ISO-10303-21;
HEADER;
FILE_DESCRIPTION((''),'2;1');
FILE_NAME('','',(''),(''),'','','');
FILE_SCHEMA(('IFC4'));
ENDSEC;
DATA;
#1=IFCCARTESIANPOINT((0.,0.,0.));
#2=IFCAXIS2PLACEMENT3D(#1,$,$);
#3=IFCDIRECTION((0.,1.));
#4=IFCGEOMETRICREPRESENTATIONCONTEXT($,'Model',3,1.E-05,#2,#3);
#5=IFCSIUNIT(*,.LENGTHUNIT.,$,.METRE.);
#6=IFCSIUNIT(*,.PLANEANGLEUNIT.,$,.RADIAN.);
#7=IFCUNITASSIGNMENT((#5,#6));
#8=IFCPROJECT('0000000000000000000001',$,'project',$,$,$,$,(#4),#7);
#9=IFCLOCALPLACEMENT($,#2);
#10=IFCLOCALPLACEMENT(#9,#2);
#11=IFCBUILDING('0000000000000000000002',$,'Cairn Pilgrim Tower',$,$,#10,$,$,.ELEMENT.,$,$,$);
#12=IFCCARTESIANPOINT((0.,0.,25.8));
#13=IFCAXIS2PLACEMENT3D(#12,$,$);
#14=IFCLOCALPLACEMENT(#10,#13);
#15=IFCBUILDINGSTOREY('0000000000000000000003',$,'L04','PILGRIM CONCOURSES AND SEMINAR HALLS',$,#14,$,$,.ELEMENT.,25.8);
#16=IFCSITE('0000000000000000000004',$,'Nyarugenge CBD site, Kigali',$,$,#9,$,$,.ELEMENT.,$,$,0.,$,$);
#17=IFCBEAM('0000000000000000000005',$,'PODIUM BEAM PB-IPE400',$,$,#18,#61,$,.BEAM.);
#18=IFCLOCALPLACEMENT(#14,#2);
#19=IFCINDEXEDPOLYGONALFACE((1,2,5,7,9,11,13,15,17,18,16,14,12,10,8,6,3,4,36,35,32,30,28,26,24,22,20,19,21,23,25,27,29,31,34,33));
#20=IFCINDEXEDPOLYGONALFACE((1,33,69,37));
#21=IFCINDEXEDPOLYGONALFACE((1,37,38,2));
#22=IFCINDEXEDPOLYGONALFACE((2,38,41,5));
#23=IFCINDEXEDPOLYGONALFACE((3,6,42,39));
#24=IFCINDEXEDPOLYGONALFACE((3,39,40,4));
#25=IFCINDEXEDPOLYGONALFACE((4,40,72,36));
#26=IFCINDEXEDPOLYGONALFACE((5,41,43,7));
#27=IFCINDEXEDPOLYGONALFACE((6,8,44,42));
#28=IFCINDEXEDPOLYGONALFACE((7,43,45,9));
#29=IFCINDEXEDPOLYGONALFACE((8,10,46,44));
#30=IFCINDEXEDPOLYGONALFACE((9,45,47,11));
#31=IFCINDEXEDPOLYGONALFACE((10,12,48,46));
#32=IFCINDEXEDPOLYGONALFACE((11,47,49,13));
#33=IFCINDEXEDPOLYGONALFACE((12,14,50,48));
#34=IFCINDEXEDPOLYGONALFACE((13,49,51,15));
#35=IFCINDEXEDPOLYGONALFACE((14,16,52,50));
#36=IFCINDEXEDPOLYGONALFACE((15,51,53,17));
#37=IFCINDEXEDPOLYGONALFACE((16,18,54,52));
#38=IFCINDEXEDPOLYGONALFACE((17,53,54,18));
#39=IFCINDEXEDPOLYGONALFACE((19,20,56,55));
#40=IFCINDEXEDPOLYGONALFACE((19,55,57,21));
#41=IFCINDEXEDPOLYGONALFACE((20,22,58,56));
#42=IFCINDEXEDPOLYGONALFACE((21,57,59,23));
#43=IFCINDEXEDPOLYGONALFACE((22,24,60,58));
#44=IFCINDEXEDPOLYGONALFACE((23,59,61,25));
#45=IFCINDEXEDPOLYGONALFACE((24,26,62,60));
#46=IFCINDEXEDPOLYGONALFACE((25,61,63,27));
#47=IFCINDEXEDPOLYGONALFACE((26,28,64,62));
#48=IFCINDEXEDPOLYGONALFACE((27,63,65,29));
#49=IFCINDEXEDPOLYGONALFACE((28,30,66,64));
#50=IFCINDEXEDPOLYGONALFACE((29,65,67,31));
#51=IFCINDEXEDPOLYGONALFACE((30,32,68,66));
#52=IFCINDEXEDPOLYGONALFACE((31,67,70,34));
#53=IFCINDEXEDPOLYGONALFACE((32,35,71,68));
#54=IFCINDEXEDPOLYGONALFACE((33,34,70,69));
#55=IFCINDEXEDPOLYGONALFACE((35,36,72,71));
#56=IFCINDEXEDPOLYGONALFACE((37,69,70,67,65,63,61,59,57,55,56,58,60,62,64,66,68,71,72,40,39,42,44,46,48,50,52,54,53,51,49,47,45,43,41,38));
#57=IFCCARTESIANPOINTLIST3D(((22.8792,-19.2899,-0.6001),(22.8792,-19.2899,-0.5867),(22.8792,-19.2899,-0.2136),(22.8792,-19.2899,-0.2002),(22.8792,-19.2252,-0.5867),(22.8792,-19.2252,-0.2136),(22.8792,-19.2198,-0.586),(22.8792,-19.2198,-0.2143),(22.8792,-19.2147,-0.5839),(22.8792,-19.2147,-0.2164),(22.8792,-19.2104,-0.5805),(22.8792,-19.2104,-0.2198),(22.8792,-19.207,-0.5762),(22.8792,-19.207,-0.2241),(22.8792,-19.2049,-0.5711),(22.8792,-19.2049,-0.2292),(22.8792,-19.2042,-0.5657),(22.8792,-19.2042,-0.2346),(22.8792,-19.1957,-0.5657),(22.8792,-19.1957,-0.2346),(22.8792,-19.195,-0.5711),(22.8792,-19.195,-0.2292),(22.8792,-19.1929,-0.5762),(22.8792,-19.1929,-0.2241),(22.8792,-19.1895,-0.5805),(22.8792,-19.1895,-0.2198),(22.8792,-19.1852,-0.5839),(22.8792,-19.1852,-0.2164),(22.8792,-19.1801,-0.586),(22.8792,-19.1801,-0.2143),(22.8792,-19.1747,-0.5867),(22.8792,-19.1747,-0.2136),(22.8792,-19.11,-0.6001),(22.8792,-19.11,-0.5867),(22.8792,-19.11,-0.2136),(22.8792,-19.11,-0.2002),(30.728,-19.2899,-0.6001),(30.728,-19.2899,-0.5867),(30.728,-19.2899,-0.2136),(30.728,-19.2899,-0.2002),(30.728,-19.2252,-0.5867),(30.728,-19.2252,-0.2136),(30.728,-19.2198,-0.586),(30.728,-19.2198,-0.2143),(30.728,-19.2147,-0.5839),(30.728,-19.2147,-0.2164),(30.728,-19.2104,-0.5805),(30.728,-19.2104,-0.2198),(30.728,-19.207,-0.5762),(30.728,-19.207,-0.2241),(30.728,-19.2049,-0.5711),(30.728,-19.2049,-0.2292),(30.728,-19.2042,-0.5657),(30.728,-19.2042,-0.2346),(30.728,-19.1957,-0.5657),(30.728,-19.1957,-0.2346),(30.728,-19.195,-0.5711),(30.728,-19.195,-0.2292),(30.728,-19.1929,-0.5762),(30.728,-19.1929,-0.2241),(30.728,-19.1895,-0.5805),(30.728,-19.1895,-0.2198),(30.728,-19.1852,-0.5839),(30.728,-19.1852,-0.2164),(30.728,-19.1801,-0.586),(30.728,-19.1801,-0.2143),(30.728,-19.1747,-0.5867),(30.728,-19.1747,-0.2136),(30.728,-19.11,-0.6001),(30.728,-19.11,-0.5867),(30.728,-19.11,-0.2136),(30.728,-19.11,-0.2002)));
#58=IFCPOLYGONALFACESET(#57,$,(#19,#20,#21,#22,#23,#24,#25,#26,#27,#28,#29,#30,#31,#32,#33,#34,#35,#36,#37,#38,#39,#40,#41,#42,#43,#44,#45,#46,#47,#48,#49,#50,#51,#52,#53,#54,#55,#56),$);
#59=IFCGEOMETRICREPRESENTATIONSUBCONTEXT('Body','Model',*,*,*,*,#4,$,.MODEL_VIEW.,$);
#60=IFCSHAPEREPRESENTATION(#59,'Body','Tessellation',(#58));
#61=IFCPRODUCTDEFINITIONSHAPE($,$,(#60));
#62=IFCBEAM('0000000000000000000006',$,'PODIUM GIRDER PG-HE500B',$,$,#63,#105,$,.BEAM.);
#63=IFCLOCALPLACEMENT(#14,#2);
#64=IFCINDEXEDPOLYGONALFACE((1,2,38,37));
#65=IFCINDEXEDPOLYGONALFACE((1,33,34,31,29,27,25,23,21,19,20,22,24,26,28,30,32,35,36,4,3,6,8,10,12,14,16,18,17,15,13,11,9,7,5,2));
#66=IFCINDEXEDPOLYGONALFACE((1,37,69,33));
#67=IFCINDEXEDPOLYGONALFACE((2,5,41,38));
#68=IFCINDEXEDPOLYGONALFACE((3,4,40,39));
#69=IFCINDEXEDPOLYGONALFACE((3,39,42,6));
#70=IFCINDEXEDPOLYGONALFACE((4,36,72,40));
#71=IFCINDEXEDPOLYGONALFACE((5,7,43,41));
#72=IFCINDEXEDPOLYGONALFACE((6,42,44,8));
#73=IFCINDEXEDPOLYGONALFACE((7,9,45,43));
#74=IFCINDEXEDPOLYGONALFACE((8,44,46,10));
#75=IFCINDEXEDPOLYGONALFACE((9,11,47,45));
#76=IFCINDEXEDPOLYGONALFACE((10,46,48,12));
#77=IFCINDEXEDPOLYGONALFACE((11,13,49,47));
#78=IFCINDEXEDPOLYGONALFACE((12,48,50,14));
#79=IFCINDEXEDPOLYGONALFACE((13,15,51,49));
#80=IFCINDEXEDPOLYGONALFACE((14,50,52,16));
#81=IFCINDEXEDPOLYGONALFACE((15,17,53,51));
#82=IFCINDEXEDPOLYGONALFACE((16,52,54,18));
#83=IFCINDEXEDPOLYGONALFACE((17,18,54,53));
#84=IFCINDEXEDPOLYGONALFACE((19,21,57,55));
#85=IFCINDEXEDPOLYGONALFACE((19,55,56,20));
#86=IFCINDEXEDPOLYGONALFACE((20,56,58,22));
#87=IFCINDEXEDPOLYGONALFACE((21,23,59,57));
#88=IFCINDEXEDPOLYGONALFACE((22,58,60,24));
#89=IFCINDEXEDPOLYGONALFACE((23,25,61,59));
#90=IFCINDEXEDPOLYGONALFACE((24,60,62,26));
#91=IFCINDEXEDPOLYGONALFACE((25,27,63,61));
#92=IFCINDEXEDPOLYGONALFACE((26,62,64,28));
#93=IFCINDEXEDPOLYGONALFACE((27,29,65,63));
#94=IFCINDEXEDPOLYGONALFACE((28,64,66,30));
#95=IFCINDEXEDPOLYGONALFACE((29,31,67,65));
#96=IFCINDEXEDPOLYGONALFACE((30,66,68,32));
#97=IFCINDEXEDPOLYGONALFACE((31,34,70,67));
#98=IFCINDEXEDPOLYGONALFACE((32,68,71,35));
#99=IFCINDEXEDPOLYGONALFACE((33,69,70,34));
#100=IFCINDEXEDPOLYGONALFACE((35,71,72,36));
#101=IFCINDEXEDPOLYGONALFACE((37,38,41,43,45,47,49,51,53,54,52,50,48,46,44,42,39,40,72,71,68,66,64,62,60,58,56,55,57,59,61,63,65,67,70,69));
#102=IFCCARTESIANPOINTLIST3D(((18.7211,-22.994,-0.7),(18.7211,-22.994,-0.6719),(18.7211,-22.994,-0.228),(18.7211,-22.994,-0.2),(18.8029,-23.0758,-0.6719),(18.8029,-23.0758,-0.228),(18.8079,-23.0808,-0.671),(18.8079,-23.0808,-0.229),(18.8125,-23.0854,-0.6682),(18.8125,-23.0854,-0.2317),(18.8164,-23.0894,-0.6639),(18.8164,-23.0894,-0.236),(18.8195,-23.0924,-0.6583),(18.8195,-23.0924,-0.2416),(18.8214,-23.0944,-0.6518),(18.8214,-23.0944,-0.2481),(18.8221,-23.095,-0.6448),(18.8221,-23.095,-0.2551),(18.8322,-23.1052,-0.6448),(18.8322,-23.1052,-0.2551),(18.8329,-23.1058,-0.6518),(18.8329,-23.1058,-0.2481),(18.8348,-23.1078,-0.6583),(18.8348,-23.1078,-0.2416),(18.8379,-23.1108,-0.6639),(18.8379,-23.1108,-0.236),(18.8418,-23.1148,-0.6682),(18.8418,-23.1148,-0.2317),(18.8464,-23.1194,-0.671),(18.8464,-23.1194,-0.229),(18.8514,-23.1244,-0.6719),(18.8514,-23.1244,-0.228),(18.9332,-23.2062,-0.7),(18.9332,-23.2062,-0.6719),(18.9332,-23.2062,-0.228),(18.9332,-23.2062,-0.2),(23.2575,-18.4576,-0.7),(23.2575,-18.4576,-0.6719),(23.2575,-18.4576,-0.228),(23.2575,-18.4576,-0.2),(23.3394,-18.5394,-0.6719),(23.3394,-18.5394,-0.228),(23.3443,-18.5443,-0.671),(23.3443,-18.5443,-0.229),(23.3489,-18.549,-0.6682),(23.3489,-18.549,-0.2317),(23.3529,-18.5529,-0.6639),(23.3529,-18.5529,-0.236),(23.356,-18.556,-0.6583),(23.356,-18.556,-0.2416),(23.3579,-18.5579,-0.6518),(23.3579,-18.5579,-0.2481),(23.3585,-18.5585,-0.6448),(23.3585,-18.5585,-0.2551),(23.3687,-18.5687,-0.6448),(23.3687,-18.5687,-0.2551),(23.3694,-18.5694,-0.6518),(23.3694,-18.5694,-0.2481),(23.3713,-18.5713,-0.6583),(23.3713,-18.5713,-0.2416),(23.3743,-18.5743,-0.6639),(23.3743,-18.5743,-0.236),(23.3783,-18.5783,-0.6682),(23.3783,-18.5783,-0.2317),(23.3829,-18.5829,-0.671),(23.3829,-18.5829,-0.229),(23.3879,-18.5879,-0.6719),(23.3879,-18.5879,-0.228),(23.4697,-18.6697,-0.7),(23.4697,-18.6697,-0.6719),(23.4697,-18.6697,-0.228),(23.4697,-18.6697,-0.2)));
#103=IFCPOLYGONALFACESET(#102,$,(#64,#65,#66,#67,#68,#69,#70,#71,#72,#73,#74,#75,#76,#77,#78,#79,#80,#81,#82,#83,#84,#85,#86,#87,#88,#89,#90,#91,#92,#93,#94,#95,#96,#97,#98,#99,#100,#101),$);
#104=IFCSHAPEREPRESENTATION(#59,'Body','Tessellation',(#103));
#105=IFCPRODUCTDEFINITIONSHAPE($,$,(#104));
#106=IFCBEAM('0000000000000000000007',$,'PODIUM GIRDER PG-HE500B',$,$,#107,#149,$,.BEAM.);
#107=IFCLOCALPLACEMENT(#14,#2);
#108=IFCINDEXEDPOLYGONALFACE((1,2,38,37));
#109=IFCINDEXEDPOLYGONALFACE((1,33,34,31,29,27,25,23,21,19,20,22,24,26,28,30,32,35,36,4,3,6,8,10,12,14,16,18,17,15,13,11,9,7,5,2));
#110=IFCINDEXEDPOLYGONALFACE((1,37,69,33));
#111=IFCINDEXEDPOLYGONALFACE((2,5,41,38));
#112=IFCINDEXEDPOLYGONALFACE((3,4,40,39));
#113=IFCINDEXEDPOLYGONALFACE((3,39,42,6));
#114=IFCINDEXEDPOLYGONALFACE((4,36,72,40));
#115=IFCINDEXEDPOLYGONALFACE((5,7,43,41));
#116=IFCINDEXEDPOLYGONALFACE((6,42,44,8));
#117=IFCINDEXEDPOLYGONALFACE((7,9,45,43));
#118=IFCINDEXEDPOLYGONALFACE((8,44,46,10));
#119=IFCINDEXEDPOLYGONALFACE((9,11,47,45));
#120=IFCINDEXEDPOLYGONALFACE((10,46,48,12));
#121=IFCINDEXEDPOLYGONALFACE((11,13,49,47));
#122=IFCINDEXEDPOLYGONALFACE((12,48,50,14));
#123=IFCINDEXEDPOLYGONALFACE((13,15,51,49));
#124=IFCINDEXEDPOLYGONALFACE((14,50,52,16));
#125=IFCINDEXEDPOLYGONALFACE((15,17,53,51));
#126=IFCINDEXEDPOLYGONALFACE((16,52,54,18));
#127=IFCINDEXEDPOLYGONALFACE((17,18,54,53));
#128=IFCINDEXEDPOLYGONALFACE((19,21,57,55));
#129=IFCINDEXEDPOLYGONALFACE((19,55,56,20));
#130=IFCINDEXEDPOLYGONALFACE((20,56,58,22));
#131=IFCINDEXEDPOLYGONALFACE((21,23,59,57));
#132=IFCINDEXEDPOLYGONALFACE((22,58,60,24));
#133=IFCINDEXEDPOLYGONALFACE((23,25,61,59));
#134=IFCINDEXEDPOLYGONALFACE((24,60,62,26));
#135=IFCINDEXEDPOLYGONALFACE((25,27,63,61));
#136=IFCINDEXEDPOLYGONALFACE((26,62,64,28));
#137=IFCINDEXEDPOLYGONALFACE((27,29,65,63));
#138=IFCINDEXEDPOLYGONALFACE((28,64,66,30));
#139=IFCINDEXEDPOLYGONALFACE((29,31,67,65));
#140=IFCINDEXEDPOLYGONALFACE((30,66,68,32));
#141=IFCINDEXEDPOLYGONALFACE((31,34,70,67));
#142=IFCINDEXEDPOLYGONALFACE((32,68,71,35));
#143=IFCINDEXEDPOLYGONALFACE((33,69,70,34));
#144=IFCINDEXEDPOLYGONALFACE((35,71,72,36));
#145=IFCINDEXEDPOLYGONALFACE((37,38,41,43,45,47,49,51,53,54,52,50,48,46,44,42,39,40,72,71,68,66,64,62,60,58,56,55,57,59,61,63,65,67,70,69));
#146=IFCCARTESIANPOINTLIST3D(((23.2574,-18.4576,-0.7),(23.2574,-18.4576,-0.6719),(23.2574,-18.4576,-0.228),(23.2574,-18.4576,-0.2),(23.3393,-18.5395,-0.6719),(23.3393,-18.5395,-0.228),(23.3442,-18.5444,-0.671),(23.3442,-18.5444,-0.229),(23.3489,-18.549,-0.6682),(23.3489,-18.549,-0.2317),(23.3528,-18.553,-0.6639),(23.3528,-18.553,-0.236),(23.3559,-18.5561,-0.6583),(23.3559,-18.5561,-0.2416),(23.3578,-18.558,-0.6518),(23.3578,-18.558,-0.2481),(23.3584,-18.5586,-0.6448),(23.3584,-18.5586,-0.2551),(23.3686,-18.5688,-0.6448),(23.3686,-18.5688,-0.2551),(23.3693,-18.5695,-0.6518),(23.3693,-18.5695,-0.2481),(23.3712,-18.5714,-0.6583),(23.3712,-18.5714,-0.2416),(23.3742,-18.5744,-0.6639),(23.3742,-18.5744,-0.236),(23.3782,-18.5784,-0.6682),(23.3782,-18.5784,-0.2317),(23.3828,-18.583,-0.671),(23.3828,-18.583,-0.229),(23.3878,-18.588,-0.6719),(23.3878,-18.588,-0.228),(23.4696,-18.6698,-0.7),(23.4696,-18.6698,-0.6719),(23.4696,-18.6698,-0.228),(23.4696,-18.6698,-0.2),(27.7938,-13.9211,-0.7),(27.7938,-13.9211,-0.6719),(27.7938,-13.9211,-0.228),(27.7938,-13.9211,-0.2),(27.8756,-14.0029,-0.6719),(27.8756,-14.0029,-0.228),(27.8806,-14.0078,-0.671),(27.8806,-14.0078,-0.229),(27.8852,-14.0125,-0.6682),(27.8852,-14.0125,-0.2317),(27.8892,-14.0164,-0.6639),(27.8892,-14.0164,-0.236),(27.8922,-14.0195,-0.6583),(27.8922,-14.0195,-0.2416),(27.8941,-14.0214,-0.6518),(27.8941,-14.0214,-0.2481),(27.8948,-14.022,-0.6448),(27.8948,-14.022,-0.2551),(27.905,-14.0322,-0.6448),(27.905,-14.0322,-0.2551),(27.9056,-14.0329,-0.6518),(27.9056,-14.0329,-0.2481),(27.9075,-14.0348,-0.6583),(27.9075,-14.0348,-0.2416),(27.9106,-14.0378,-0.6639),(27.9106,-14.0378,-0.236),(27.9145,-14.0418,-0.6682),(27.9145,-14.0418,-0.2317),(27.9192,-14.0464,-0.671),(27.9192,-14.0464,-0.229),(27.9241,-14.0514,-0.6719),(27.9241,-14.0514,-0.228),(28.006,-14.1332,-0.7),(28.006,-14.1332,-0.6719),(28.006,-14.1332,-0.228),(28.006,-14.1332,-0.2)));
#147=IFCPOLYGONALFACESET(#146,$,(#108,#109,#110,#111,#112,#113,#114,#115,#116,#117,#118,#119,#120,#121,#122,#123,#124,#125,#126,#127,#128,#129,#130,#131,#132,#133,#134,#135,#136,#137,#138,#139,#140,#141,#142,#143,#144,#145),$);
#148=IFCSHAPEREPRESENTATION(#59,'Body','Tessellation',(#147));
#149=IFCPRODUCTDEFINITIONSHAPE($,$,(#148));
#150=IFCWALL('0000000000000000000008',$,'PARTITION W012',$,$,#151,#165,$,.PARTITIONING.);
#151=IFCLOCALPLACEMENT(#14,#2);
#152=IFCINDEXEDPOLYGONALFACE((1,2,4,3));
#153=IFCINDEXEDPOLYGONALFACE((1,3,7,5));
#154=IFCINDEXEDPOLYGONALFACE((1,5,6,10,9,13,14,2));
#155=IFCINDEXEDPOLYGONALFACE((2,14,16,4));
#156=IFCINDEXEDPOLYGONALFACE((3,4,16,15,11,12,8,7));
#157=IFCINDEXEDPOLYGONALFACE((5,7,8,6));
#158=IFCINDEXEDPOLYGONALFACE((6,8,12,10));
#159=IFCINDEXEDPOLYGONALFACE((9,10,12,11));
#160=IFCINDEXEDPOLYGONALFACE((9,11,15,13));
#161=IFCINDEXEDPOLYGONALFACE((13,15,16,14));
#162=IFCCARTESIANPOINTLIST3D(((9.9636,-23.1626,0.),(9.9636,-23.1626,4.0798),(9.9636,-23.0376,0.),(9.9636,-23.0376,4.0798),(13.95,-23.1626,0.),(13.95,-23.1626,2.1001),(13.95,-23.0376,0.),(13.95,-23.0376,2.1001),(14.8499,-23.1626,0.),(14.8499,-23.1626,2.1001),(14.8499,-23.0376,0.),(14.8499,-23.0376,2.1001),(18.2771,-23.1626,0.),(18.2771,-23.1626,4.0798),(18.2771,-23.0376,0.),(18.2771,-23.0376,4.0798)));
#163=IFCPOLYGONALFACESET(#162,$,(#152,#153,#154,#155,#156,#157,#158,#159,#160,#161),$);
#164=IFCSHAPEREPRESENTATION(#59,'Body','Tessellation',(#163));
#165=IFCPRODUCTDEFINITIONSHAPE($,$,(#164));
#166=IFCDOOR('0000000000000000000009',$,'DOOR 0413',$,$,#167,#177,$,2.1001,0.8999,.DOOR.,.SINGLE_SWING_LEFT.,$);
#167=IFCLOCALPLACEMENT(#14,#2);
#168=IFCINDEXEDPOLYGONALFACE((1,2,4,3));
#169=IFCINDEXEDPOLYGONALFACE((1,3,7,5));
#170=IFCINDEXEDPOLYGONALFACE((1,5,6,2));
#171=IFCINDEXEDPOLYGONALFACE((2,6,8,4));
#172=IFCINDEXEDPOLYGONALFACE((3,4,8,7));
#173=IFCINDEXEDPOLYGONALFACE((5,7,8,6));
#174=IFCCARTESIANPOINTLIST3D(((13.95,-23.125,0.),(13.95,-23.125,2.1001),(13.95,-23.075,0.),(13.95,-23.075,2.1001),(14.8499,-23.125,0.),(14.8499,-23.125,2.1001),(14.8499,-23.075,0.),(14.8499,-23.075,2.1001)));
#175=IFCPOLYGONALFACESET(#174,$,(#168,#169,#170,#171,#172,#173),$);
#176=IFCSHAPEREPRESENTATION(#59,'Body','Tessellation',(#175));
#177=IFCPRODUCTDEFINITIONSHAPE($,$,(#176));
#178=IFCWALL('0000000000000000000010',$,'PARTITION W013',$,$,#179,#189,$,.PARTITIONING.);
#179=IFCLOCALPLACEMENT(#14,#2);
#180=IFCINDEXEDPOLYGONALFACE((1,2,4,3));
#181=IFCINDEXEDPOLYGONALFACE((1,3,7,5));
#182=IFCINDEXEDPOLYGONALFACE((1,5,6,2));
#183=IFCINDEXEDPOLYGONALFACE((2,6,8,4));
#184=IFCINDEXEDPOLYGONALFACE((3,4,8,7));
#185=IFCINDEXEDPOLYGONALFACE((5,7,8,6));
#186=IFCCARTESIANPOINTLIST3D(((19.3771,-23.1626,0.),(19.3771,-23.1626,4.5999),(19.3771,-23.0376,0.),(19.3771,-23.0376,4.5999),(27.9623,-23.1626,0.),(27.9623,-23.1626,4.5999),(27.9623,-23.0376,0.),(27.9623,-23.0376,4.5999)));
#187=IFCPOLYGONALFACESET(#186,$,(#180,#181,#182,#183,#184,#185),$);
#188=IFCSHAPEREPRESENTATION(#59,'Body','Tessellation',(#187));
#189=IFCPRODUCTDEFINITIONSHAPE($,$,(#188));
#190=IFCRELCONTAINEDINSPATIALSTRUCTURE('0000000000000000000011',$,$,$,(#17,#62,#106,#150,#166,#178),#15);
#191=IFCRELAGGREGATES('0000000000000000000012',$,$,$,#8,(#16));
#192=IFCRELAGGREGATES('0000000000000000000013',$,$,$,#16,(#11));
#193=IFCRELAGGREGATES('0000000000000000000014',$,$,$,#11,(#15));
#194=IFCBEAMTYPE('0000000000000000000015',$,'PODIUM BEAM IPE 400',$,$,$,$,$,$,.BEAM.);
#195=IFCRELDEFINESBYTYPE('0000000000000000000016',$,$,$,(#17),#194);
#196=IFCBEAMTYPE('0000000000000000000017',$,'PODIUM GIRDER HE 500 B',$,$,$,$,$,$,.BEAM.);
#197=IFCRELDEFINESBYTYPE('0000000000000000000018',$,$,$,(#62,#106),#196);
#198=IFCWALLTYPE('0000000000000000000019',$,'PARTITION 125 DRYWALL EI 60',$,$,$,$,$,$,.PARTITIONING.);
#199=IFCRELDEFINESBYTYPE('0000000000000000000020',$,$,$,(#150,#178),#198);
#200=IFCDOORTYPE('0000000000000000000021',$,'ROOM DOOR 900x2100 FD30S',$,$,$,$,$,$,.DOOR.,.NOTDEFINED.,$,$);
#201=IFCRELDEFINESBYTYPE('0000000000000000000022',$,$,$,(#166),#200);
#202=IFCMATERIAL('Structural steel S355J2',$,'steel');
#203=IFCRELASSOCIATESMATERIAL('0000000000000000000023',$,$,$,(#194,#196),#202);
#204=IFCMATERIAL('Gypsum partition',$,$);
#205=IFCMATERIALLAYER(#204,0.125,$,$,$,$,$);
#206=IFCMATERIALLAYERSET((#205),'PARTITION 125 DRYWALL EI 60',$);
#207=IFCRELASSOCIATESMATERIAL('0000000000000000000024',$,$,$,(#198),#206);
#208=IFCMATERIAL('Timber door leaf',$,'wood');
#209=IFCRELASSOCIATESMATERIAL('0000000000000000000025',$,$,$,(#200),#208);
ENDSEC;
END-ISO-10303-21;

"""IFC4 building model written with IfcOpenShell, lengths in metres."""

from ifc_helpers import new_model, si_unit, direction, frame, frame_2d, origin, origin_2d, place, context, subcontext, project, spatial, rectangle, i_section, extrude, material, layer, layer_set, material_profile, profile_set, type_object, element, fill, save


model = new_model("IFC4")

# Units and contexts
model_context = context("Model", 3, precision=1e-05, world=origin(), true_north=direction((0.0, 1.0)))
body_context = subcontext(model_context, "Body", "Model", "MODEL_VIEW")
ifc_project = project(units=[si_unit("LENGTHUNIT", "METRE"), si_unit("PLANEANGLEUNIT", "RADIAN")], contexts=[model_context])

# Site, building, storey
site_placement = place(None, origin())
site = spatial("IfcSite", under=ifc_project, at=site_placement, Name="Nyarugenge CBD site, Kigali", CompositionType="ELEMENT", RefElevation=0.0)
building_placement = place(site_placement, origin())
building = spatial("IfcBuilding", under=site, at=building_placement, Name="Cairn Pilgrim Tower", CompositionType="ELEMENT")
storey_placement = place(building_placement, frame((0.0, 0.0, 25.8)))
storey = spatial("IfcBuildingStorey", under=building, at=storey_placement, Name="L04", Description="PILGRIM CONCOURSES AND SEMINAR HALLS", CompositionType="ELEMENT", Elevation=25.8)

# Beams
ifc_material_1 = material(Name="Structural steel S355J2", Category="steel")
ifc_material_profile_1 = material_profile(ifc_material_1, i_section(OverallWidth=0.1799, OverallDepth=0.3999, WebThickness=0.0085, FlangeThickness=0.0134, FilletRadius=0.021, at=origin_2d()), Name="IPE 400")
ifc_profile_set_1 = profile_set([ifc_material_profile_1], Name="Structural steel S355J2")
beam_type_1 = type_object("IfcBeamType", Name="PODIUM BEAM IPE 400", PredefinedType="BEAM", material=ifc_profile_set_1)
beam_1_placement = place(storey_placement, frame((22.8792, -19.2, -0.4001), z_axis=(1.0, 0.0, 0.0), x_axis=(0.0, 1.0, 0.0)))
element("IfcBeam", 1, at=beam_1_placement, inside=storey, type_object=beam_type_1, Name="PODIUM BEAM PB-IPE400", PredefinedType="BEAM", context=body_context, shape_type="SweptSolid", body=[
    extrude(i_section(OverallWidth=0.1799, OverallDepth=0.3999, WebThickness=0.0085, FlangeThickness=0.0134, FilletRadius=0.021, at=origin_2d()), origin(), (0.0, 0.0, 1.0), 7.8489),
])
ifc_material_profile_2 = material_profile(ifc_material_1, i_section(OverallWidth=0.3, OverallDepth=0.5, WebThickness=0.0144, FlangeThickness=0.0281, FilletRadius=0.0271, at=origin_2d()), Name="HEB 500")
ifc_profile_set_2 = profile_set([ifc_material_profile_2], Name="Structural steel S355J2")
beam_type_2 = type_object("IfcBeamType", Name="PODIUM GIRDER HE 500 B", PredefinedType="BEAM", material=ifc_profile_set_2)
for number, where, z_axis, x_axis, name in (
    (2, (18.8271, -23.1001, -0.45), (0.707107, 0.707107, 0.0), (-0.707107, 0.707107, 0.0), "PODIUM GIRDER PG-HE500B"),
    (3, (23.3635, -18.5637, -0.45), (0.707088, 0.707126, 0.0), (-0.707126, 0.707088, 0.0), "PODIUM GIRDER PG-HE500B"),
):
    element("IfcBeam", number, at=place(storey_placement, frame(where, z_axis=z_axis, x_axis=x_axis)), inside=storey, type_object=beam_type_2, Name=name, PredefinedType="BEAM", context=body_context, shape_type="SweptSolid", body=[
        extrude(i_section(OverallWidth=0.3, OverallDepth=0.5, WebThickness=0.0144, FlangeThickness=0.0281, FilletRadius=0.0271, at=origin_2d()), origin(), (0.0, 0.0, 1.0), 6.4155),
    ])

# Wall, opening, door
ifc_material_2 = material(Name="Gypsum partition")
ifc_layer_1 = layer(ifc_material_2, 0.125)
ifc_layer_set_1 = layer_set([ifc_layer_1], Name="PARTITION 125 DRYWALL EI 60")
wall_type_1 = type_object("IfcWallType", Name="PARTITION 125 DRYWALL EI 60", PredefinedType="PARTITIONING", material=ifc_layer_set_1)
wall_1_placement = place(storey_placement, frame((9.9636, -23.1001, 0.0), z_axis=(0.0, 0.0, 1.0), x_axis=(1.0, 0.0, 0.0)))
wall_1 = element("IfcWall", 4, at=wall_1_placement, inside=storey, type_object=wall_type_1, Name="PARTITION W012", PredefinedType="PARTITIONING", context=body_context, shape_type="SweptSolid", body=[
    extrude(rectangle(XDim=8.3135, YDim=0.125, at=frame_2d((4.1567, 0.0))), origin(), (0.0, 0.0, 1.0), 4.0798),
])
opening_placement = place(wall_1_placement, frame((3.9863, 0.0, 0.0)))
opening = element("IfcOpeningElement", 5, at=opening_placement, cuts=wall_1, PredefinedType="OPENING", context=body_context, shape_type="SweptSolid", body=[
    extrude(rectangle(XDim=0.8999, YDim=2.1001, at=frame_2d((0.45, 1.05))), frame((0.0, 0.0725, 0.0), z_axis=(0.0, -1.0, 0.0), x_axis=(1.0, 0.0, 0.0)), (0.0, 0.0, 1.0), 0.145),
])
ifc_material_3 = material(Name="Timber door leaf", Category="wood")
door_type = type_object("IfcDoorType", Name="ROOM DOOR 900x2100 FD30S", OperationType="NOTDEFINED", PredefinedType="DOOR", material=ifc_material_3)
door_placement = place(opening_placement, frame((0.8999, 0.0, 0.0), z_axis=(0.0, 0.0, 1.0), x_axis=(-1.0, 0.0, 0.0)))
door = element("IfcDoor", 6, at=door_placement, inside=storey, type_object=door_type, Name="DOOR 0413", OperationType="SINGLE_SWING_LEFT", OverallHeight=2.1001, OverallWidth=0.8999, PredefinedType="DOOR", context=body_context, shape_type="SweptSolid", body=[
    extrude(rectangle(XDim=0.8999, YDim=2.1001, at=frame_2d((0.45, 1.05))), frame((0.0, 0.0249, 0.0), z_axis=(0.0, -1.0, 0.0), x_axis=(1.0, 0.0, 0.0)), (0.0, 0.0, 1.0), 0.05),
])
fill(opening, door)

# Wall
wall_2_placement = place(storey_placement, frame((19.3772, -23.1001, 0.0), z_axis=(0.0, 0.0, 1.0), x_axis=(1.0, 0.0, 0.0)))
element("IfcWall", 7, at=wall_2_placement, inside=storey, type_object=wall_type_1, Name="PARTITION W013", PredefinedType="PARTITIONING", context=body_context, shape_type="SweptSolid", body=[
    extrude(rectangle(XDim=8.5852, YDim=0.125, at=frame_2d((4.2925, 0.0))), origin(), (0.0, 0.0, 1.0), 4.5999),
])

save(model, "model.ifc")
